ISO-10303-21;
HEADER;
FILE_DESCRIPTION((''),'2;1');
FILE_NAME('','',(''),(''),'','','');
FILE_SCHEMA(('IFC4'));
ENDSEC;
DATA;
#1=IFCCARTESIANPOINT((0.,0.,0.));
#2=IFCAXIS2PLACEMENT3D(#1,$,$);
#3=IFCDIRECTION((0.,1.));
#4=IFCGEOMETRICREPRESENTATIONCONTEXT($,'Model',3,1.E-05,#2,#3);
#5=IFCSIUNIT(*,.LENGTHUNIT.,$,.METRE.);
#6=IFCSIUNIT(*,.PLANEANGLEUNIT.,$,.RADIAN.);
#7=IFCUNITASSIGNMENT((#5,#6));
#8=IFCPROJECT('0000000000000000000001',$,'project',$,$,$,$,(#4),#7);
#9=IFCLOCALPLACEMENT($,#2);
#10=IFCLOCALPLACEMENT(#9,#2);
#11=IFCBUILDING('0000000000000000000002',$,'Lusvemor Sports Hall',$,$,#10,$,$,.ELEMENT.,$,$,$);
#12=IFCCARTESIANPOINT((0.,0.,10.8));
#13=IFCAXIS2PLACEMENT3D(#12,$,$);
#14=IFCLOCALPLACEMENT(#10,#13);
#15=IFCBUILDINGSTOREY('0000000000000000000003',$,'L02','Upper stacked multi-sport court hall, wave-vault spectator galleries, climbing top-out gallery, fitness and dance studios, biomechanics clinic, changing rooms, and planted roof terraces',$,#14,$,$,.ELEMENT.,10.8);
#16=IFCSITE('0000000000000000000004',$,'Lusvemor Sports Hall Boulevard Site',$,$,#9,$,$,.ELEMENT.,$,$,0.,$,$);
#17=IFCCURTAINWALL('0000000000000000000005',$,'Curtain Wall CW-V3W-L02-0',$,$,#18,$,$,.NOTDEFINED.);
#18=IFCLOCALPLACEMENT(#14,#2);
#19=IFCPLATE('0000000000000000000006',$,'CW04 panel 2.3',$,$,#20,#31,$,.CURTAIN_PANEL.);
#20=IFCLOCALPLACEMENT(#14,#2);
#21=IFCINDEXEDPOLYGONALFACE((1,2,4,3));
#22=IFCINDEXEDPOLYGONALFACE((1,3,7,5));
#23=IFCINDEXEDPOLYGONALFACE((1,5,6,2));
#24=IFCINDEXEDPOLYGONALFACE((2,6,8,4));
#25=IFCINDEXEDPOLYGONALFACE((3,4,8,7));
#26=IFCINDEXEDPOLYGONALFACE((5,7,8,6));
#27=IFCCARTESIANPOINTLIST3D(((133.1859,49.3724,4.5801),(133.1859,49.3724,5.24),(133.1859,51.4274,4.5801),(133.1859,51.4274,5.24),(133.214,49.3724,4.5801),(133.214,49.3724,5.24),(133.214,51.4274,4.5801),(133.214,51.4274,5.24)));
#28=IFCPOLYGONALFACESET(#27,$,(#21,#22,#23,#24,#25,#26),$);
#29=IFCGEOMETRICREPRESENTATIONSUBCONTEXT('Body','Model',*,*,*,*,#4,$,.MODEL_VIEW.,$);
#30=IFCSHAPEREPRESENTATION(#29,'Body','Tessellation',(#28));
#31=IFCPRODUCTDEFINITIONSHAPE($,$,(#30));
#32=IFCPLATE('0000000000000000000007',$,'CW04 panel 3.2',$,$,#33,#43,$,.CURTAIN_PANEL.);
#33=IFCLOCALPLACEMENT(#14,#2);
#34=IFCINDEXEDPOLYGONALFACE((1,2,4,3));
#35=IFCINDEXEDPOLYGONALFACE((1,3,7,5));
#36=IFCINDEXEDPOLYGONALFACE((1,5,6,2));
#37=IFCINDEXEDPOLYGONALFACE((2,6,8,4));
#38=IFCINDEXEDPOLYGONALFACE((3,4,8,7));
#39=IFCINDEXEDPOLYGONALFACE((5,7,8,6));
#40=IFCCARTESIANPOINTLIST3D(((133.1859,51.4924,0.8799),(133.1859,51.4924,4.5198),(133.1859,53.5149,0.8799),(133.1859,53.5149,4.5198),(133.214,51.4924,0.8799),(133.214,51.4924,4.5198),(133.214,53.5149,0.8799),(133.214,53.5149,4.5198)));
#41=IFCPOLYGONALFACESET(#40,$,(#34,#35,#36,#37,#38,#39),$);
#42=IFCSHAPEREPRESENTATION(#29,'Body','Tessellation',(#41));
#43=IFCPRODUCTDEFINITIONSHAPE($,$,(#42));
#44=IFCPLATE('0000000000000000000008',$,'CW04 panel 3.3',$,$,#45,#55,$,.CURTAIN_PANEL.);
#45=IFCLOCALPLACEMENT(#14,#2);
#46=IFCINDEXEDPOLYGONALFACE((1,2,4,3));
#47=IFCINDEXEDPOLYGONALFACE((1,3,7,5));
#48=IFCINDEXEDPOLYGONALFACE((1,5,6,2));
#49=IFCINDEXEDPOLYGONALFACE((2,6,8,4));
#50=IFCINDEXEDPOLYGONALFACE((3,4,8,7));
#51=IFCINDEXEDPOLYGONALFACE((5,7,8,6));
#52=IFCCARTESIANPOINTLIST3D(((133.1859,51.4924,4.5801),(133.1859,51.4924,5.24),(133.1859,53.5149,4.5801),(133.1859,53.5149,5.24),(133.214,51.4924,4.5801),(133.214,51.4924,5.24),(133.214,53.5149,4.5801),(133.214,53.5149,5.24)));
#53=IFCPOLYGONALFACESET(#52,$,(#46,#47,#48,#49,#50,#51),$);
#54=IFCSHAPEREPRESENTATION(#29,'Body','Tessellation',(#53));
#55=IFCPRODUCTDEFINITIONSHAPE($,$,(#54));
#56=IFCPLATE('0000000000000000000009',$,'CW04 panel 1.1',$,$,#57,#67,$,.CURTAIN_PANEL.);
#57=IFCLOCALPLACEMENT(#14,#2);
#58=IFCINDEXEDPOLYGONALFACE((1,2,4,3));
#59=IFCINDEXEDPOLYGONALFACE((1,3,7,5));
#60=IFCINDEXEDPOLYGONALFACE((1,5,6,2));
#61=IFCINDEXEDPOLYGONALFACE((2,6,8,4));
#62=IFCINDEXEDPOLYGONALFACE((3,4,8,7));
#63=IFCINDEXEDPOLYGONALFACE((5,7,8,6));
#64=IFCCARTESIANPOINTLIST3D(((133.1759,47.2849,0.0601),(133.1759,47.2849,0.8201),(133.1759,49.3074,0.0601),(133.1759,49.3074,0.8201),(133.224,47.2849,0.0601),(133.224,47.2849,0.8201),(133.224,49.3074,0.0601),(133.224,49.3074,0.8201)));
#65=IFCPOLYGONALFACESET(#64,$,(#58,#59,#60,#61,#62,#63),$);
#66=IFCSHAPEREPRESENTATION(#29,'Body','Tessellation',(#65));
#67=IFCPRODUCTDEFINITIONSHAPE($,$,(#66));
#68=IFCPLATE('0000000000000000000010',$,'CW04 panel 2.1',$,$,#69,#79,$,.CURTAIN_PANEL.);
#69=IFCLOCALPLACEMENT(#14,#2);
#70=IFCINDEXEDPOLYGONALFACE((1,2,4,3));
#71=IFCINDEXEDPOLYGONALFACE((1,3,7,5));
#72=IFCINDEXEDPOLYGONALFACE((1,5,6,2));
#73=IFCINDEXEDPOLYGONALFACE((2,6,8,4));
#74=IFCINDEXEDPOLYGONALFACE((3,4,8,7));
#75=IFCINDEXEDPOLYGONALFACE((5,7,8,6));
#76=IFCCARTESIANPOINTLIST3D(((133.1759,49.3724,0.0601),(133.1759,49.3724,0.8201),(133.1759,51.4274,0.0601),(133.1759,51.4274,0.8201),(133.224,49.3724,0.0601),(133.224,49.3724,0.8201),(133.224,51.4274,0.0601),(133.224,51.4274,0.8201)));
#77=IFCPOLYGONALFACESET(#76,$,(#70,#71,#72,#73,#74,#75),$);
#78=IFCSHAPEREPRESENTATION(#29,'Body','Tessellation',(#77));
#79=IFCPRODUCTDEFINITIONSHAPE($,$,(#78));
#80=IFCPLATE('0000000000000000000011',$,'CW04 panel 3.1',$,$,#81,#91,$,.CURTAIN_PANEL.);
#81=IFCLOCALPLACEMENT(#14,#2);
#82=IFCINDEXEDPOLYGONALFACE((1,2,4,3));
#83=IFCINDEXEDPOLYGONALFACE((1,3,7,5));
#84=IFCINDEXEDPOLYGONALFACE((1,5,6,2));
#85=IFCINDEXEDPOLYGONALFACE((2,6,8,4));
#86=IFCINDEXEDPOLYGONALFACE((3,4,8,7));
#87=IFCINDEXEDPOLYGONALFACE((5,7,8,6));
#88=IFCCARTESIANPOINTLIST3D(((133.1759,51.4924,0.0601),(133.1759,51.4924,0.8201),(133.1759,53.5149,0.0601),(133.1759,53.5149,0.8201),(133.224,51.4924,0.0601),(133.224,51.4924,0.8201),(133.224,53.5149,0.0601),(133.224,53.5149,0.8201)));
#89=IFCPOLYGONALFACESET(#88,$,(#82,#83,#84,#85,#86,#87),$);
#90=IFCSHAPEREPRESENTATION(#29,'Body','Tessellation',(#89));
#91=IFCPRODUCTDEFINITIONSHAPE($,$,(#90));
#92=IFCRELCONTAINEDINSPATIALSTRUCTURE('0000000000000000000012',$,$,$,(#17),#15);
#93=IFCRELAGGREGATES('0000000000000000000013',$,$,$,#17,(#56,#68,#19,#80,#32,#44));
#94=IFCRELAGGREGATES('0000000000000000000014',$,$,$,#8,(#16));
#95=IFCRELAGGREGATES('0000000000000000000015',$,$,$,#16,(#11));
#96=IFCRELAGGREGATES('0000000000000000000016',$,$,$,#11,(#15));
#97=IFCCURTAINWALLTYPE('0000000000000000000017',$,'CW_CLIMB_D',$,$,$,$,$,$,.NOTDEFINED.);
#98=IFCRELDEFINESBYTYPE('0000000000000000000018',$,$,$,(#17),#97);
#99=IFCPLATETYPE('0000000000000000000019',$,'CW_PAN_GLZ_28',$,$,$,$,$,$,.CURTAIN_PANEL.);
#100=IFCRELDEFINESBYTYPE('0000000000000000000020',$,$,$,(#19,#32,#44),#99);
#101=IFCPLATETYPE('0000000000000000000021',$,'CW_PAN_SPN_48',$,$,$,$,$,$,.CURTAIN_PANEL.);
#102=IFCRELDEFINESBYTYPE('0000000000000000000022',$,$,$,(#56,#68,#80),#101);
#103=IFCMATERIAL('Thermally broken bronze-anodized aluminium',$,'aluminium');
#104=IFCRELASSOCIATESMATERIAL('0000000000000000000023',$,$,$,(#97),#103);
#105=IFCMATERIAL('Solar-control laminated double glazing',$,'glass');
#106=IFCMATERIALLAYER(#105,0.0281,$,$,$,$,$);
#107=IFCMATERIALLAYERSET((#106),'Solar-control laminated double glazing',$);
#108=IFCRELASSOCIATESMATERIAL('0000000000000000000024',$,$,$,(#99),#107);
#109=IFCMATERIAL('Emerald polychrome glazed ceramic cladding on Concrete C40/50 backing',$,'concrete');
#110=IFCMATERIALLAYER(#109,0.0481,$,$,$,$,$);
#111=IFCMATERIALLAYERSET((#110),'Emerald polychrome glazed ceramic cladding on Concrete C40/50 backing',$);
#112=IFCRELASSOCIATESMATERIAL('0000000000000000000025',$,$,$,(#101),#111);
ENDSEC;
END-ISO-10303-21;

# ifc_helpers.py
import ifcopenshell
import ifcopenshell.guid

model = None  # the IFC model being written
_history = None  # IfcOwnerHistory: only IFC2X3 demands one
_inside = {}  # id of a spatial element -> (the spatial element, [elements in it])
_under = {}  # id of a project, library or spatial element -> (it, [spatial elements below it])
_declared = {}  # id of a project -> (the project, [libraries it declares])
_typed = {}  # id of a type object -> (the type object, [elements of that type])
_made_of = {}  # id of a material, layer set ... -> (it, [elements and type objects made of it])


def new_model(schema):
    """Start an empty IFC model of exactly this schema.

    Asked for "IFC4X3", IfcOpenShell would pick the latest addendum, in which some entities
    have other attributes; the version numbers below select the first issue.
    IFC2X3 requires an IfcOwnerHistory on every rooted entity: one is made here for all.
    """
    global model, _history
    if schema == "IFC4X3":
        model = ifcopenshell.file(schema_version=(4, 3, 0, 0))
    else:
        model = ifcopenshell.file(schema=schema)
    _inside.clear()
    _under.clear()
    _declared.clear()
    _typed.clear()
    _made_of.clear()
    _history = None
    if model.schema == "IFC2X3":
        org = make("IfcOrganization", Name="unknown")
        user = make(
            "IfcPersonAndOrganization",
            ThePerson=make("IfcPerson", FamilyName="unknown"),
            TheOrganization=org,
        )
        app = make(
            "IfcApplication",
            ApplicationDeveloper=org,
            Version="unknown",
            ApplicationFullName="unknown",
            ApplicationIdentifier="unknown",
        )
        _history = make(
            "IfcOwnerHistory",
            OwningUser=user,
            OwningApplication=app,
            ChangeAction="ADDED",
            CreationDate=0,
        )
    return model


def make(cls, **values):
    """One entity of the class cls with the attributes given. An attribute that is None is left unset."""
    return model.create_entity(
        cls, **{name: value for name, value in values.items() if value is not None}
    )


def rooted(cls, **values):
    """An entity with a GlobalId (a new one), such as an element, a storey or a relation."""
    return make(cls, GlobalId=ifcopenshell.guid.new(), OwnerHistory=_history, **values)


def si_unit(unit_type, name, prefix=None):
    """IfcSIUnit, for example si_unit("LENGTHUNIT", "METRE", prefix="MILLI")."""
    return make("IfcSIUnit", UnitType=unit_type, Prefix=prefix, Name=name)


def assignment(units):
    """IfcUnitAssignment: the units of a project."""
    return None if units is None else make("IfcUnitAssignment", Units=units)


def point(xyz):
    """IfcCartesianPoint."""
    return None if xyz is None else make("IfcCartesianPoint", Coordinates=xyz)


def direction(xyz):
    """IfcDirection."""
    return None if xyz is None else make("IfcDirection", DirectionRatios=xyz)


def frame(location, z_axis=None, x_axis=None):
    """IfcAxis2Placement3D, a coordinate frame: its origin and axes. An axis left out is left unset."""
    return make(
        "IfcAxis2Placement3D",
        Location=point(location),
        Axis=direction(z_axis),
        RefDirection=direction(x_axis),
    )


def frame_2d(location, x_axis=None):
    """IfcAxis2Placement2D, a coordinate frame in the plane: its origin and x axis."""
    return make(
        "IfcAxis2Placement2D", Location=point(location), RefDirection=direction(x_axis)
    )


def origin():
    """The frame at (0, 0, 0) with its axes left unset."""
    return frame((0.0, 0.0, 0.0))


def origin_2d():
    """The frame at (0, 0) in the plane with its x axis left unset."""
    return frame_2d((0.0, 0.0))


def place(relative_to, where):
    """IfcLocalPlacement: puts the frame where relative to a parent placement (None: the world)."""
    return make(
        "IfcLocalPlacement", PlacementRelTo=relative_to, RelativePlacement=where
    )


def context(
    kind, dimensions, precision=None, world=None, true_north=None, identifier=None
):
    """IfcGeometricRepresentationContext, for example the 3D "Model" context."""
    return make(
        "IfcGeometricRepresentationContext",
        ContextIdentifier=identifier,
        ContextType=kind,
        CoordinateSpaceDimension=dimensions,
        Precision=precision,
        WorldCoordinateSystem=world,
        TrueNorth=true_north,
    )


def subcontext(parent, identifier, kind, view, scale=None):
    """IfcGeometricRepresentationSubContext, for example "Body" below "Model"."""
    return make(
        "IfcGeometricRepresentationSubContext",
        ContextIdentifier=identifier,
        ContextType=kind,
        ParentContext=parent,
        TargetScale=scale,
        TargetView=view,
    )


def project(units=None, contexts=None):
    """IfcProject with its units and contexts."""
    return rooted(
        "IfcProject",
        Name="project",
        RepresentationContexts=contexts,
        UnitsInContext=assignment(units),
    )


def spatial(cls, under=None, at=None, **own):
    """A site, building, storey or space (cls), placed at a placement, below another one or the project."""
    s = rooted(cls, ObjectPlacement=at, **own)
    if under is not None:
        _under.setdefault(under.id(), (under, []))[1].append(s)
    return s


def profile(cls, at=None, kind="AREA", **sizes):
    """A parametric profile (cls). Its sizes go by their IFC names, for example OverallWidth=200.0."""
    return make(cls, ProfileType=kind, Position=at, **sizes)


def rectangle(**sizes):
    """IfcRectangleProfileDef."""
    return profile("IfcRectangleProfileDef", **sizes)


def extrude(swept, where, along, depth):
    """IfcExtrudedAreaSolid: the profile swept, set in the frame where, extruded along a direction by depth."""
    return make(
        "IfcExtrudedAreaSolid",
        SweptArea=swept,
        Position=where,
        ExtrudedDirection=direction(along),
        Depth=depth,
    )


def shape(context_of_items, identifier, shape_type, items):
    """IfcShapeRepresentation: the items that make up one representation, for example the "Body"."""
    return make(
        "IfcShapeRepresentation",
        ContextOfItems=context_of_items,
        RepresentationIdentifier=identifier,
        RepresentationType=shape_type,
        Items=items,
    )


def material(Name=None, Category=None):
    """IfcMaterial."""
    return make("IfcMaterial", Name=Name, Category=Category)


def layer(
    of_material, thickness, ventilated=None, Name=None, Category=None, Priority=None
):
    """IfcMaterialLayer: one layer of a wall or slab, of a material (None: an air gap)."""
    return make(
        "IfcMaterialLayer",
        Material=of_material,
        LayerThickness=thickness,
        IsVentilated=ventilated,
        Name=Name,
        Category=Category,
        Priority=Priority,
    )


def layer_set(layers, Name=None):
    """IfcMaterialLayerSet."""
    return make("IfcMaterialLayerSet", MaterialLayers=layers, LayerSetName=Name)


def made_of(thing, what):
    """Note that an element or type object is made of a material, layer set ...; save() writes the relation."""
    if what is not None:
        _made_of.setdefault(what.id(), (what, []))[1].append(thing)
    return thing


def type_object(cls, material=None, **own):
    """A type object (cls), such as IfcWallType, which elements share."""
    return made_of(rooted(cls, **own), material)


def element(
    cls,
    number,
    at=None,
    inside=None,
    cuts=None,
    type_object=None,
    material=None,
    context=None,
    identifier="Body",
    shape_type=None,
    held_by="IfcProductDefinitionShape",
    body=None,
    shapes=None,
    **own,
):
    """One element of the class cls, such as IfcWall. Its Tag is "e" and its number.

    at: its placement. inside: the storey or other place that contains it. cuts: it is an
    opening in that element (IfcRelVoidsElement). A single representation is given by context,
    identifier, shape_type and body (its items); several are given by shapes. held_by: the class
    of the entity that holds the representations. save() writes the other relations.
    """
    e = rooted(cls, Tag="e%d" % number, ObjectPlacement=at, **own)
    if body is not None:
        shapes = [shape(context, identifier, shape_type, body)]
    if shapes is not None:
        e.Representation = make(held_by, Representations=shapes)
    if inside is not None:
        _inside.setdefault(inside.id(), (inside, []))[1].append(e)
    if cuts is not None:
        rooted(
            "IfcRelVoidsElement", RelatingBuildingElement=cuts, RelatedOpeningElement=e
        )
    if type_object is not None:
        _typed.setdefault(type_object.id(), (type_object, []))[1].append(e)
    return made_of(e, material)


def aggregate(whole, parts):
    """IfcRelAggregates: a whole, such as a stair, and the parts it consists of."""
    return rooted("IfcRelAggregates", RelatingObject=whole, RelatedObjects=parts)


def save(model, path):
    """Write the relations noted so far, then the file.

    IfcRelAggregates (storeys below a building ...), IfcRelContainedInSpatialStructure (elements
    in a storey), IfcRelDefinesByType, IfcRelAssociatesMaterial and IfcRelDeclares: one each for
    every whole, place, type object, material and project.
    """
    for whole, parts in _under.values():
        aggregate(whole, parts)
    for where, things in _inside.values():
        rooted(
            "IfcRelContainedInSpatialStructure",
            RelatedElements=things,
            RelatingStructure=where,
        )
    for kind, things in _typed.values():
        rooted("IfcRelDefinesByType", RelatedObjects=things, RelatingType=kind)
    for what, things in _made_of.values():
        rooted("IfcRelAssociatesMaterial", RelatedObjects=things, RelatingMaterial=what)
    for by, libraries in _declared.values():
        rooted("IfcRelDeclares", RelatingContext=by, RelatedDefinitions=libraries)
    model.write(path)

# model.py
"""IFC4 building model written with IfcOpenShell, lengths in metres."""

from ifc_helpers import new_model, si_unit, direction, frame, origin, origin_2d, place, context, subcontext, project, spatial, rectangle, extrude, material, layer, layer_set, type_object, element, aggregate, save


model = new_model("IFC4")

# Units and contexts
model_context = context("Model", 3, precision=1e-05, world=origin(), true_north=direction((0.0, 1.0)))
body_context = subcontext(model_context, "Body", "Model", "MODEL_VIEW")
ifc_project = project(units=[si_unit("LENGTHUNIT", "METRE"), si_unit("PLANEANGLEUNIT", "RADIAN")], contexts=[model_context])

# Site, building, storey
site_placement = place(None, origin())
site = spatial("IfcSite", under=ifc_project, at=site_placement, Name="Lusvemor Sports Hall Boulevard Site", CompositionType="ELEMENT", RefElevation=0.0)
building_placement = place(site_placement, origin())
building = spatial("IfcBuilding", under=site, at=building_placement, Name="Lusvemor Sports Hall", CompositionType="ELEMENT")
storey_placement = place(building_placement, frame((0.0, 0.0, 10.8)))
storey = spatial("IfcBuildingStorey", under=building, at=storey_placement, Name="L02", Description="Upper stacked multi-sport court hall, wave-vault spectator galleries, climbing top-out gallery, fitness and dance studios, biomechanics clinic, changing rooms, and planted roof terraces", CompositionType="ELEMENT", Elevation=10.8)

# Curtain wall
ifc_material_1 = material(Name="Thermally broken bronze-anodized aluminium", Category="aluminium")
curtain_wall_type = type_object("IfcCurtainWallType", Name="CW_CLIMB_D", PredefinedType="NOTDEFINED", material=ifc_material_1)
curtain_wall_1_placement = place(storey_placement, origin())
curtain_wall_1 = element("IfcCurtainWall", 1, at=curtain_wall_1_placement, inside=storey, type_object=curtain_wall_type, Name="Curtain Wall CW-V3W-L02-0", PredefinedType="NOTDEFINED")

# Plates
ifc_material_2 = material(Name="Solar-control laminated double glazing", Category="glass")
ifc_layer_1 = layer(ifc_material_2, 0.0281)
ifc_layer_set_1 = layer_set([ifc_layer_1], Name="Solar-control laminated double glazing")
plate_type_1 = type_object("IfcPlateType", Name="CW_PAN_GLZ_28", PredefinedType="CURTAIN_PANEL", material=ifc_layer_set_1)
plate_1_placement = place(storey_placement, frame((133.2, 50.3999, 4.5801), z_axis=(0.0, 0.0, 1.0), x_axis=(0.0, 1.0, 0.0)))
plate_1 = element("IfcPlate", 2, at=plate_1_placement, type_object=plate_type_1, Name="CW04 panel 2.3", PredefinedType="CURTAIN_PANEL", context=body_context, shape_type="SweptSolid", body=[
    extrude(rectangle(XDim=2.0549, YDim=0.0281, at=origin_2d()), origin(), (0.0, 0.0, 1.0), 0.6599),
])
plate_2_placement = place(storey_placement, frame((133.2, 52.5037, 0.8799), z_axis=(0.0, 0.0, 1.0), x_axis=(0.0, 1.0, 0.0)))
plate_2 = element("IfcPlate", 3, at=plate_2_placement, type_object=plate_type_1, Name="CW04 panel 3.2", PredefinedType="CURTAIN_PANEL", context=body_context, shape_type="SweptSolid", body=[
    extrude(rectangle(XDim=2.0225, YDim=0.0281, at=origin_2d()), origin(), (0.0, 0.0, 1.0), 3.6399),
])
plate_3_placement = place(storey_placement, frame((133.2, 52.5037, 4.5801), z_axis=(0.0, 0.0, 1.0), x_axis=(0.0, 1.0, 0.0)))
plate_3 = element("IfcPlate", 4, at=plate_3_placement, type_object=plate_type_1, Name="CW04 panel 3.3", PredefinedType="CURTAIN_PANEL", context=body_context, shape_type="SweptSolid", body=[
    extrude(rectangle(XDim=2.0225, YDim=0.0281, at=origin_2d()), origin(), (0.0, 0.0, 1.0), 0.6599),
])
ifc_material_3 = material(Name="Emerald polychrome glazed ceramic cladding on Concrete C40/50 backing", Category="concrete")
ifc_layer_2 = layer(ifc_material_3, 0.0481)
ifc_layer_set_2 = layer_set([ifc_layer_2], Name="Emerald polychrome glazed ceramic cladding on Concrete C40/50 backing")
plate_type_2 = type_object("IfcPlateType", Name="CW_PAN_SPN_48", PredefinedType="CURTAIN_PANEL", material=ifc_layer_set_2)
plate_4_placement = place(storey_placement, frame((133.2, 48.2961, 0.0601), z_axis=(0.0, 0.0, 1.0), x_axis=(0.0, 1.0, 0.0)))
plate_4 = element("IfcPlate", 5, at=plate_4_placement, type_object=plate_type_2, Name="CW04 panel 1.1", PredefinedType="CURTAIN_PANEL", context=body_context, shape_type="SweptSolid", body=[
    extrude(rectangle(XDim=2.0225, YDim=0.0481, at=origin_2d()), origin(), (0.0, 0.0, 1.0), 0.76),
])
plate_5_placement = place(storey_placement, frame((133.2, 50.3999, 0.0601), z_axis=(0.0, 0.0, 1.0), x_axis=(0.0, 1.0, 0.0)))
plate_5 = element("IfcPlate", 6, at=plate_5_placement, type_object=plate_type_2, Name="CW04 panel 2.1", PredefinedType="CURTAIN_PANEL", context=body_context, shape_type="SweptSolid", body=[
    extrude(rectangle(XDim=2.0549, YDim=0.0481, at=origin_2d()), origin(), (0.0, 0.0, 1.0), 0.76),
])
plate_6_placement = place(storey_placement, frame((133.2, 52.5037, 0.0601), z_axis=(0.0, 0.0, 1.0), x_axis=(0.0, 1.0, 0.0)))
plate_6 = element("IfcPlate", 7, at=plate_6_placement, type_object=plate_type_2, Name="CW04 panel 3.1", PredefinedType="CURTAIN_PANEL", context=body_context, shape_type="SweptSolid", body=[
    extrude(rectangle(XDim=2.0225, YDim=0.0481, at=origin_2d()), origin(), (0.0, 0.0, 1.0), 0.76),
])
aggregate(curtain_wall_1, [plate_4, plate_5, plate_1, plate_6, plate_2, plate_3])

save(model, "model.ifc")
